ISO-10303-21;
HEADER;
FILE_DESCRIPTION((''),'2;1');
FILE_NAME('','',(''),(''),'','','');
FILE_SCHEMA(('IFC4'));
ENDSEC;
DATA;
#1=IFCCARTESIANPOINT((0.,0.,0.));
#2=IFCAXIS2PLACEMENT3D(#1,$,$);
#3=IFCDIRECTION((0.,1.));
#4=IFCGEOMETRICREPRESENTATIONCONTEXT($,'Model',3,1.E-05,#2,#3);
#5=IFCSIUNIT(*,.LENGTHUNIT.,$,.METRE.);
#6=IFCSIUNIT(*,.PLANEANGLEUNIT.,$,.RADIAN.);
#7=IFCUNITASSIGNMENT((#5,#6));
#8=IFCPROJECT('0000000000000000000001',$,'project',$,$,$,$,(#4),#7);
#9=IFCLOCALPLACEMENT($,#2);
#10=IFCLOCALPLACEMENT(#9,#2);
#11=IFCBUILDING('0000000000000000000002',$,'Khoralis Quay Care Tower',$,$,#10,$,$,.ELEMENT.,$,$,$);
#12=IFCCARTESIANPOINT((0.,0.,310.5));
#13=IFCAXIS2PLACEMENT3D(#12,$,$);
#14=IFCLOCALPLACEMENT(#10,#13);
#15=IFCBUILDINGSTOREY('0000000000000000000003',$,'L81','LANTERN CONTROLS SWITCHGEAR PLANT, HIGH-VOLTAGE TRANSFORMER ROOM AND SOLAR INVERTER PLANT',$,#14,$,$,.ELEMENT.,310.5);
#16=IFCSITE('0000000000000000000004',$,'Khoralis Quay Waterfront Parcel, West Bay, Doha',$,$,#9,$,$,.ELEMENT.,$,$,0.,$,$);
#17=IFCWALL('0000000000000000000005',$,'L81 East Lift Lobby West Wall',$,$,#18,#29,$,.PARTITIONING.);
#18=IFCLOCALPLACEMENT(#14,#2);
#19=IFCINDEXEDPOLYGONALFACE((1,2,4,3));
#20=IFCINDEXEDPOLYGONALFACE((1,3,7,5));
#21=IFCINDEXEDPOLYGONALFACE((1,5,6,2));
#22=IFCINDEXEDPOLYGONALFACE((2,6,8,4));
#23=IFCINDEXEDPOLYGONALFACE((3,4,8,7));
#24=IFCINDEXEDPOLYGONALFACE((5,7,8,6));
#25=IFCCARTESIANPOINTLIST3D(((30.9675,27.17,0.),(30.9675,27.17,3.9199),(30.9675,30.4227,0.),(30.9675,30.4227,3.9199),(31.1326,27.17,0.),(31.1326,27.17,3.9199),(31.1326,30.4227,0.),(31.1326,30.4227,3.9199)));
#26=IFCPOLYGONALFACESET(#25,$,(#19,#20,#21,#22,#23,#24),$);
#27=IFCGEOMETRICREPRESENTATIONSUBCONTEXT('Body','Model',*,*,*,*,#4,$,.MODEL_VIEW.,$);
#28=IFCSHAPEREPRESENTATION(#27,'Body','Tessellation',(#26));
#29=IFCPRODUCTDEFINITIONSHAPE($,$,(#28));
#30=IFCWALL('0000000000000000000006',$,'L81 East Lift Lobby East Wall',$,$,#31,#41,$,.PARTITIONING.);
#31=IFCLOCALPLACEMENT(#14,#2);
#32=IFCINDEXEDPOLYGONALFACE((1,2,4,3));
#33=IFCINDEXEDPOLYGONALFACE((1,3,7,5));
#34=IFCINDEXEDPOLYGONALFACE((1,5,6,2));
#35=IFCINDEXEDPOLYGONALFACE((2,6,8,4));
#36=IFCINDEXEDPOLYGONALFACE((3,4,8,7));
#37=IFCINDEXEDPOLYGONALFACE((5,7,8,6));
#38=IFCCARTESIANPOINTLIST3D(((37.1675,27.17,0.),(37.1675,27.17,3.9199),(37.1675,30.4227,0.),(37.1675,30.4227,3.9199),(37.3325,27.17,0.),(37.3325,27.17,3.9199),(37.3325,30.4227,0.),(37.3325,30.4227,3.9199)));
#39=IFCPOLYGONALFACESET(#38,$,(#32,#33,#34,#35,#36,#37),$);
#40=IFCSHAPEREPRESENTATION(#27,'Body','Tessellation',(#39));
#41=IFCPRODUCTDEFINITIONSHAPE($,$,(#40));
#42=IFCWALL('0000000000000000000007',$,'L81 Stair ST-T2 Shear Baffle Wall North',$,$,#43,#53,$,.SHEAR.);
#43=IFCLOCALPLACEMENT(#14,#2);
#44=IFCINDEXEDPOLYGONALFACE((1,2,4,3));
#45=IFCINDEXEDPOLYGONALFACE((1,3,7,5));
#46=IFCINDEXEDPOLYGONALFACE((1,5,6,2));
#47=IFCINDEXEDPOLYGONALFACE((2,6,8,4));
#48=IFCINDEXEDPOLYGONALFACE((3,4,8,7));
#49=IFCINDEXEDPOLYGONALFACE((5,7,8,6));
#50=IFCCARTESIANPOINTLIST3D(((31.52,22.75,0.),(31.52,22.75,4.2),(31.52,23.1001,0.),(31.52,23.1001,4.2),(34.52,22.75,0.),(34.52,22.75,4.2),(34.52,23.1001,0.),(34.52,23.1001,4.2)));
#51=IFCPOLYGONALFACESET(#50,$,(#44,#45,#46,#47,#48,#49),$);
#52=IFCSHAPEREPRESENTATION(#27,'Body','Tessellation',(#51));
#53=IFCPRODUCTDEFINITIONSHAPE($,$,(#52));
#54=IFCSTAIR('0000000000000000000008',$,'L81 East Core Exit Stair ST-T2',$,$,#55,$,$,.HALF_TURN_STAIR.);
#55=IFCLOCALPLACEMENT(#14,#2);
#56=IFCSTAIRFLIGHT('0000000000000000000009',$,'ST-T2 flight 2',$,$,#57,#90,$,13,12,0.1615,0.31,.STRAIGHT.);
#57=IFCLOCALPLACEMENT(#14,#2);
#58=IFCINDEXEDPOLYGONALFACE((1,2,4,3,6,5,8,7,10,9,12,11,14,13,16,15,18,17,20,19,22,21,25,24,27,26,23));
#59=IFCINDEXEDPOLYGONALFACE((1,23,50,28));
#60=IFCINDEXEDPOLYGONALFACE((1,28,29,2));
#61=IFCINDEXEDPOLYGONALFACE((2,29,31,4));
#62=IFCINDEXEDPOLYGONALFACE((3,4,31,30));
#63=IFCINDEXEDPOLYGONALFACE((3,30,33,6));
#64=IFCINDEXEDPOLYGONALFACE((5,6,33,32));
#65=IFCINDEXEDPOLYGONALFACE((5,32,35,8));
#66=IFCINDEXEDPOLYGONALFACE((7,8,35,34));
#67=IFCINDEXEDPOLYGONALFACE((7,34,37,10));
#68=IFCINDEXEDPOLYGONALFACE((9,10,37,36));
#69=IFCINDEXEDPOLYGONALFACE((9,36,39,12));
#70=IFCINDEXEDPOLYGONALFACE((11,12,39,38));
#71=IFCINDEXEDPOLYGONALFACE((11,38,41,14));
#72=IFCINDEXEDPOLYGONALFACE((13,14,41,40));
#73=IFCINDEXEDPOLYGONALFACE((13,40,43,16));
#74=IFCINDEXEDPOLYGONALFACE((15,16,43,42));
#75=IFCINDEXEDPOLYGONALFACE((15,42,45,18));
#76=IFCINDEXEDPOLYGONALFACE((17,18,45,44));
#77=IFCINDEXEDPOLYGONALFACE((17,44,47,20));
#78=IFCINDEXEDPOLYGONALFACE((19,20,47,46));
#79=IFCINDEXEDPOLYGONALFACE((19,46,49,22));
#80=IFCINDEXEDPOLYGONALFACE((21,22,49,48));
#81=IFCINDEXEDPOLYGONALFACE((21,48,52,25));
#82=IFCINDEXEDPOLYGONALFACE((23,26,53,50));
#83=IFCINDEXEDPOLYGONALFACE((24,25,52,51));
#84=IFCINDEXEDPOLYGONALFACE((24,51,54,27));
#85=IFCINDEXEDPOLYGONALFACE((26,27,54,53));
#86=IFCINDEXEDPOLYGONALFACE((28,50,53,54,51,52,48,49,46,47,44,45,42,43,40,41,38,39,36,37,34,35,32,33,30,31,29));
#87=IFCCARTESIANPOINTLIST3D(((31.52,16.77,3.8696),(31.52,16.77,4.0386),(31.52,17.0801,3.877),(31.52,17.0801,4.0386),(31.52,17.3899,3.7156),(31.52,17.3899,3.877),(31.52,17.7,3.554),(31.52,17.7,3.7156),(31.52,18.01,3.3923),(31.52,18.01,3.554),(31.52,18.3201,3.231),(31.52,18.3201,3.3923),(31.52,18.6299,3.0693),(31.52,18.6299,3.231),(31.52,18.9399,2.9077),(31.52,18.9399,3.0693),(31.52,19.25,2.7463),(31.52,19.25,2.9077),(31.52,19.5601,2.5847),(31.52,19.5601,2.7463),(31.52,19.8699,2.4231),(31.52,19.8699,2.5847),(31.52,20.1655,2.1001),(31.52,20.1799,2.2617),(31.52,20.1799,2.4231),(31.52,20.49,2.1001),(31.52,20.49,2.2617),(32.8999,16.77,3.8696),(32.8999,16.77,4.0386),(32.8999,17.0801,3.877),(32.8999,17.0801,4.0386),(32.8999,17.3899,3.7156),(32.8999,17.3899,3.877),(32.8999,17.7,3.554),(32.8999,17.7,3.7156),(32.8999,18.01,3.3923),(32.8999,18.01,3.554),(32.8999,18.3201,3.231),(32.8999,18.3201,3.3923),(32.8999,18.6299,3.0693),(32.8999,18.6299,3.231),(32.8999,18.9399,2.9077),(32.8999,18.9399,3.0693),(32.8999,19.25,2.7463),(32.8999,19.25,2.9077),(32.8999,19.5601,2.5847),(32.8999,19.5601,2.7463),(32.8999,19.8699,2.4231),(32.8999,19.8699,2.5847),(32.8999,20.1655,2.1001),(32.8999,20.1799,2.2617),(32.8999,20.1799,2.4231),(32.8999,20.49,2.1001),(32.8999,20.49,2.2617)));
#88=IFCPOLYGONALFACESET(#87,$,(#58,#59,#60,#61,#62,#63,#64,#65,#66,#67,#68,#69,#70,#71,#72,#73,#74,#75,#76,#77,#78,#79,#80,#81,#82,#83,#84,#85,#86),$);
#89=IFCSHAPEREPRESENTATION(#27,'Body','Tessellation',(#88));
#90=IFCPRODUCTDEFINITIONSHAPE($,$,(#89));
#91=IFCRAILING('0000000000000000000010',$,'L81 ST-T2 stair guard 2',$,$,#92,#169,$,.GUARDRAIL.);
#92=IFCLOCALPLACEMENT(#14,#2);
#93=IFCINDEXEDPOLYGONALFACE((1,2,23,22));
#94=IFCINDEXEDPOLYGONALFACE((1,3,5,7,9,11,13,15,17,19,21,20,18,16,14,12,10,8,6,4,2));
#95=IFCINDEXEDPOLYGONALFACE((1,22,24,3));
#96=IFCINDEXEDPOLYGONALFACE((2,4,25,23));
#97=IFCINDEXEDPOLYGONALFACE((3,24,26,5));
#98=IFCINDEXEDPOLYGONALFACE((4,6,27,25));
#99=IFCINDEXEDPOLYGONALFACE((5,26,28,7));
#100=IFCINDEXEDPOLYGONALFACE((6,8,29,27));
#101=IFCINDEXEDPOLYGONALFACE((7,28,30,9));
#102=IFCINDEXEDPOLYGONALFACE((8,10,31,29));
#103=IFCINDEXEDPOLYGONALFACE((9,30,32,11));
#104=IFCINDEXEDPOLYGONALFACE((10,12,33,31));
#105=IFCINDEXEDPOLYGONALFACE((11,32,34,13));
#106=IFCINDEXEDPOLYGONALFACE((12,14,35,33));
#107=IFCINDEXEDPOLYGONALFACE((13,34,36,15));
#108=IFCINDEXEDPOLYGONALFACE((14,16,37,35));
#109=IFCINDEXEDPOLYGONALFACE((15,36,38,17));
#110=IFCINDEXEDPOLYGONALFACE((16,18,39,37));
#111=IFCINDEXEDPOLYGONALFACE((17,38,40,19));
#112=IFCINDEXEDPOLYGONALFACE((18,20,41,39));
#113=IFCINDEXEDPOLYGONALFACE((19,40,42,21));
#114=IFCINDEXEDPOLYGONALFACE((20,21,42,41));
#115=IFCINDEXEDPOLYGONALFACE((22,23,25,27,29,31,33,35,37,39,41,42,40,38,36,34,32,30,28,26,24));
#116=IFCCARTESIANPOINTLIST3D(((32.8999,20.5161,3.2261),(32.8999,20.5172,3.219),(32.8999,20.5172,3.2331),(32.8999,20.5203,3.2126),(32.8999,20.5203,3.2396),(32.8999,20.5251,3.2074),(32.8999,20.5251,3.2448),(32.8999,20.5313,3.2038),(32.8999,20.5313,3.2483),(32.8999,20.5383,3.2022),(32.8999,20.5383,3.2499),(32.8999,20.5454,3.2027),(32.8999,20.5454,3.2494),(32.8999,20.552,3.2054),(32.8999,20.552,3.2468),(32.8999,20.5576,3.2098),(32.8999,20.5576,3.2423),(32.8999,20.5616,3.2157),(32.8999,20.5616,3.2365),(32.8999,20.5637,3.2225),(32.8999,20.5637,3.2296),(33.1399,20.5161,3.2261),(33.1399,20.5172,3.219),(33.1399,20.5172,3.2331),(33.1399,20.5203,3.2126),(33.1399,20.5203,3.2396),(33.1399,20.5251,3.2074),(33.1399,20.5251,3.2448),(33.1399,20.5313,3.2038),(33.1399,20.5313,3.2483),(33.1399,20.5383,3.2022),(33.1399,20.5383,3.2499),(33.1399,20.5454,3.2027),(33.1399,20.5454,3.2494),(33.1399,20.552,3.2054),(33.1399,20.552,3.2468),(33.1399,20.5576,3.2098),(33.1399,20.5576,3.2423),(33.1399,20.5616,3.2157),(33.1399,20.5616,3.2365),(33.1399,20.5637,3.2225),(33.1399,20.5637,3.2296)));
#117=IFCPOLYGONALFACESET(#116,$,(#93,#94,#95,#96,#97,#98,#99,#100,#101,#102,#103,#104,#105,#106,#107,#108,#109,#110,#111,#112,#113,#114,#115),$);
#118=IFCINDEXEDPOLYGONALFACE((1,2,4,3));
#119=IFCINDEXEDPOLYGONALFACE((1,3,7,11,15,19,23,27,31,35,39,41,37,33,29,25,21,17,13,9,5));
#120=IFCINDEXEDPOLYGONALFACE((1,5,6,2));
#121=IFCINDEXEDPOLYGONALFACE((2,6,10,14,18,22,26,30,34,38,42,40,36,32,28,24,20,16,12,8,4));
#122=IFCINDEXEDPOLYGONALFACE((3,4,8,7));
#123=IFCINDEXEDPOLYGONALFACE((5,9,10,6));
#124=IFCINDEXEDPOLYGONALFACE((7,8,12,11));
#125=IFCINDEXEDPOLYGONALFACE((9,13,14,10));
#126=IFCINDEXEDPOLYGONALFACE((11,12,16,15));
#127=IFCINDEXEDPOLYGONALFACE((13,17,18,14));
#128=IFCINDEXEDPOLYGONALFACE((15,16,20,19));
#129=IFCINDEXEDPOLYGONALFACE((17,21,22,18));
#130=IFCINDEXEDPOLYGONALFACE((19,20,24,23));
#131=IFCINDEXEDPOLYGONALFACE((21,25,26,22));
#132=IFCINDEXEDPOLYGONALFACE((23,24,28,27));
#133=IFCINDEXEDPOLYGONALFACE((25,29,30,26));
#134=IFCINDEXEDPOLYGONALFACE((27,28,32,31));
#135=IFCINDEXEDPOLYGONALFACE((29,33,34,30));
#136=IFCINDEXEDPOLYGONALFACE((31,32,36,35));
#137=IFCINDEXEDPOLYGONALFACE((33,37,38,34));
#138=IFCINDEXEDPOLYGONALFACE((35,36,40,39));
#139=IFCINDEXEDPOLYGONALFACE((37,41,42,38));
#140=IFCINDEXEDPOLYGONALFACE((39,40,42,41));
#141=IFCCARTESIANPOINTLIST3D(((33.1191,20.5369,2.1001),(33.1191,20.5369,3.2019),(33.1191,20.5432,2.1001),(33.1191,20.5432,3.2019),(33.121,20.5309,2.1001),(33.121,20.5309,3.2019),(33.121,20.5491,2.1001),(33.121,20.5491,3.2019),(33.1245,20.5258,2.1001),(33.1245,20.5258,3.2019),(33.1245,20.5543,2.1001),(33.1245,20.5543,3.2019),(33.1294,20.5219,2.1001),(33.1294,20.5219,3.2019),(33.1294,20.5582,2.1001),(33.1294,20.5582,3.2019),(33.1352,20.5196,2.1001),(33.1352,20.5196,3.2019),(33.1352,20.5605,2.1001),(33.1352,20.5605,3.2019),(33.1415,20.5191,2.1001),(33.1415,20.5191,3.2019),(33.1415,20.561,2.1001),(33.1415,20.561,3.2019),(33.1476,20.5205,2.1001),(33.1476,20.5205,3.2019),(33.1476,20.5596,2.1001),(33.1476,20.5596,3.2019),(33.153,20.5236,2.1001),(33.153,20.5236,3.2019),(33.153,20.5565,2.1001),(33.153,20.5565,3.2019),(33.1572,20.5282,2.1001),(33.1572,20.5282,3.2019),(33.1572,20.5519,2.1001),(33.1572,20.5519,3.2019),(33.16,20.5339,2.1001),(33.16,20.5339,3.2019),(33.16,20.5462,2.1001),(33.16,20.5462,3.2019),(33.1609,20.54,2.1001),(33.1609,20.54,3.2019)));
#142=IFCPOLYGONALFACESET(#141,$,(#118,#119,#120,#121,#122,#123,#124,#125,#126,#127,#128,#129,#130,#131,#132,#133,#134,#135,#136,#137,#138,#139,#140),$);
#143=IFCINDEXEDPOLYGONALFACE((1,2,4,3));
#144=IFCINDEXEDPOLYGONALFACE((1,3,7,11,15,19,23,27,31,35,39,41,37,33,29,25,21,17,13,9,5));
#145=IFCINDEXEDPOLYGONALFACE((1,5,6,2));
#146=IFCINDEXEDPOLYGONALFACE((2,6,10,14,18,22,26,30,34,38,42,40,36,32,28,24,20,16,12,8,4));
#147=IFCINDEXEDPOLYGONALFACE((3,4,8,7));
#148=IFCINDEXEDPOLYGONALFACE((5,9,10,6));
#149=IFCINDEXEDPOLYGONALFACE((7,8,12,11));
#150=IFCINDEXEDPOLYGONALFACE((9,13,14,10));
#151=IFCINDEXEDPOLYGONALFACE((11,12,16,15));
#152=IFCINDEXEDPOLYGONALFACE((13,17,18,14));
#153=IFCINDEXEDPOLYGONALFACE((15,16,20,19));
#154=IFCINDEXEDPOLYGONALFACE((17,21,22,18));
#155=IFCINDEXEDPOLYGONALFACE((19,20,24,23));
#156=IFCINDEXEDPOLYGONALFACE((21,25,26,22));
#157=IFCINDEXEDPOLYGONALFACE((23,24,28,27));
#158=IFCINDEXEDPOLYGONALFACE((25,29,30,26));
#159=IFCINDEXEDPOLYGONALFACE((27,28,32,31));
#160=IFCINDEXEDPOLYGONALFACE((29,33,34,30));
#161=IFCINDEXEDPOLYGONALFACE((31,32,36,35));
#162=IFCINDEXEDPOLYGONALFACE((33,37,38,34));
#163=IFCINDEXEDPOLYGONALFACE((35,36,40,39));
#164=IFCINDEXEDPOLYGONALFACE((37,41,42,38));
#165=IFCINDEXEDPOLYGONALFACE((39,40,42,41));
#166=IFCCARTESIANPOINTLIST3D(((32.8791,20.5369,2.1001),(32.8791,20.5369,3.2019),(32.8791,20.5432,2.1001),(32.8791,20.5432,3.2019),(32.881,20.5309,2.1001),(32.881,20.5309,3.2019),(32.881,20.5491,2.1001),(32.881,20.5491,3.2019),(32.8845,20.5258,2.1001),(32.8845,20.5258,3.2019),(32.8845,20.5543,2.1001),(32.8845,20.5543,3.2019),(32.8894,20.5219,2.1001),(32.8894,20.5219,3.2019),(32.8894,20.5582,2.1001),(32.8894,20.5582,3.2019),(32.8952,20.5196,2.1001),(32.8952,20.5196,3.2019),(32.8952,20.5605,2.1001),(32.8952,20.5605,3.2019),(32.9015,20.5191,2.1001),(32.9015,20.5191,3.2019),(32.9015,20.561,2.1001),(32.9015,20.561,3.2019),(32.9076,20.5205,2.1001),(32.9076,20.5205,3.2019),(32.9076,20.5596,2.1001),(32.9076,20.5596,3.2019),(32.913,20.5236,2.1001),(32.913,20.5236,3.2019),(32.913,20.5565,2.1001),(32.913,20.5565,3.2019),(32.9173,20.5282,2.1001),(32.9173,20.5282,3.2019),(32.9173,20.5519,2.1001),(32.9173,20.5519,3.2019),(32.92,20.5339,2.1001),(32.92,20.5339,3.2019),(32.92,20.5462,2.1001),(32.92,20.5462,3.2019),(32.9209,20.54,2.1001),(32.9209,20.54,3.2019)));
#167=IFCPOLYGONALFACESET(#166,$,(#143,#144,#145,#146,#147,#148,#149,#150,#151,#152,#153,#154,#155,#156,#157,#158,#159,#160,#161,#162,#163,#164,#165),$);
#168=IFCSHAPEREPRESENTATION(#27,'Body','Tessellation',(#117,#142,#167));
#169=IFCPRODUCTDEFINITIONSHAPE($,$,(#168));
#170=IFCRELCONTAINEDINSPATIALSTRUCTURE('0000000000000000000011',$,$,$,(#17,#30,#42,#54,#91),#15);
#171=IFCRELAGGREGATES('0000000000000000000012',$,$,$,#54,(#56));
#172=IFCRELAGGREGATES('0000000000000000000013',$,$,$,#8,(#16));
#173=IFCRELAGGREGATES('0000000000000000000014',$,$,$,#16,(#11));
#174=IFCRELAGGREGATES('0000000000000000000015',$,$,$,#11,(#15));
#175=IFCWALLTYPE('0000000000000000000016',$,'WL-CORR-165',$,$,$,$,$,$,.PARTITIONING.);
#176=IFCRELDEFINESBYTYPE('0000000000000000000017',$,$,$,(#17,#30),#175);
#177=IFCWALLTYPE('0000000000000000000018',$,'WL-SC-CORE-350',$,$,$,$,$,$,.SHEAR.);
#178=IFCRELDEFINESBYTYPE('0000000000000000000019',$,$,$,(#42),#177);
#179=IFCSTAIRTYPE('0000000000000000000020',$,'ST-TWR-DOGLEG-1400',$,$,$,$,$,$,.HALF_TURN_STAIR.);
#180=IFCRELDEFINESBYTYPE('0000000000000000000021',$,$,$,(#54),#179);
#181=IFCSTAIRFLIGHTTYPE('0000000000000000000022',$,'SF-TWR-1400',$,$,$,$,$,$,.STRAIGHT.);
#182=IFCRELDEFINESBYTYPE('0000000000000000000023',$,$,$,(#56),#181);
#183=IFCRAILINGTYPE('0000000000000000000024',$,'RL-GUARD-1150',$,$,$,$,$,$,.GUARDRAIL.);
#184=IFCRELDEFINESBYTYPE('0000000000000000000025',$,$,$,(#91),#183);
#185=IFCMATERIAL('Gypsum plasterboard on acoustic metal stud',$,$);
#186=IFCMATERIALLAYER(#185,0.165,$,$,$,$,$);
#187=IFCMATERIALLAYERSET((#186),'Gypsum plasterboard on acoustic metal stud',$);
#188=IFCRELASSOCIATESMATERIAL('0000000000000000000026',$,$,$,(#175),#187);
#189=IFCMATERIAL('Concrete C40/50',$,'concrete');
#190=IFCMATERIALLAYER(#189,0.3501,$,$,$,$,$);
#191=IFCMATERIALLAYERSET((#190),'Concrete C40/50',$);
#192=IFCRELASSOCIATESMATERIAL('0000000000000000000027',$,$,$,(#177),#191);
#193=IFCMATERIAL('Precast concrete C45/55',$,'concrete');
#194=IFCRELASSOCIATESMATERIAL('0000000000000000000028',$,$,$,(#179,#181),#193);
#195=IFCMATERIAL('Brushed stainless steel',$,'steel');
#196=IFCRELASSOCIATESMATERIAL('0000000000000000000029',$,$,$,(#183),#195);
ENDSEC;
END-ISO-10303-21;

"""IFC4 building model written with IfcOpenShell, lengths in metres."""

from ifc_helpers import new_model, si_unit, direction, frame, frame_2d, origin, origin_2d, place, context, subcontext, project, spatial, polyline, rectangle, circle, outline, extrude, source, transform, mapped, material, layer, layer_set, type_object, element, aggregate, save


model = new_model("IFC4")

# Units and contexts
model_context = context("Model", 3, precision=1e-05, world=origin(), true_north=direction((0.0, 1.0)))
body_context = subcontext(model_context, "Body", "Model", "MODEL_VIEW")
ifc_project = project(units=[si_unit("LENGTHUNIT", "METRE"), si_unit("PLANEANGLEUNIT", "RADIAN")], contexts=[model_context])

# Site, building, storey
site_placement = place(None, origin())
site = spatial("IfcSite", under=ifc_project, at=site_placement, Name="Khoralis Quay Waterfront Parcel, West Bay, Doha", CompositionType="ELEMENT", RefElevation=0.0)
building_placement = place(site_placement, origin())
building = spatial("IfcBuilding", under=site, at=building_placement, Name="Khoralis Quay Care Tower", CompositionType="ELEMENT")
storey_placement = place(building_placement, frame((0.0, 0.0, 310.5)))
storey = spatial("IfcBuildingStorey", under=building, at=storey_placement, Name="L81", Description="LANTERN CONTROLS SWITCHGEAR PLANT, HIGH-VOLTAGE TRANSFORMER ROOM AND SOLAR INVERTER PLANT", CompositionType="ELEMENT", Elevation=310.5)

# Shared definitions
ifc_material_1 = material(Name="Gypsum plasterboard on acoustic metal stud")

# Shared definitions
ifc_layer_1 = layer(ifc_material_1, 0.165)
ifc_layer_set_1 = layer_set([ifc_layer_1], Name="Gypsum plasterboard on acoustic metal stud")
wall_type_1 = type_object("IfcWallType", Name="WL-CORR-165", PredefinedType="PARTITIONING", material=ifc_layer_set_1)

# Walls
for number, where, z_axis, x_axis, name in (
    (1, (31.05, 27.1699, 0.0), (0.0, 0.0, 1.0), (0.0, 1.0, 0.0), "L81 East Lift Lobby West Wall"),
    (2, (37.25, 27.1699, 0.0), (0.0, 0.0, 1.0), (0.0, 1.0, 0.0), "L81 East Lift Lobby East Wall"),
):
    element("IfcWall", number, at=place(storey_placement, frame(where, z_axis=z_axis, x_axis=x_axis)), inside=storey, type_object=wall_type_1, Name=name, PredefinedType="PARTITIONING", context=body_context, shape_type="SweptSolid", body=[
        extrude(rectangle(XDim=3.2527, YDim=0.165, at=frame_2d((1.6265, 0.0))), origin(), (0.0, 0.0, 1.0), 3.9199),
    ])
ifc_material_2 = material(Name="Concrete C40/50", Category="concrete")
ifc_layer_2 = layer(ifc_material_2, 0.3501)
ifc_layer_set_2 = layer_set([ifc_layer_2], Name="Concrete C40/50")
wall_type_2 = type_object("IfcWallType", Name="WL-SC-CORE-350", PredefinedType="SHEAR", material=ifc_layer_set_2)
wall_1_placement = place(storey_placement, frame((31.52, 22.925, 0.0), z_axis=(0.0, 0.0, 1.0), x_axis=(1.0, 0.0, 0.0)))
element("IfcWall", 3, at=wall_1_placement, inside=storey, type_object=wall_type_2, Name="L81 Stair ST-T2 Shear Baffle Wall North", PredefinedType="SHEAR", context=body_context, shape_type="SweptSolid", body=[
    extrude(rectangle(XDim=3.0, YDim=0.3501, at=frame_2d((1.5, 0.0))), origin(), (0.0, 0.0, 1.0), 4.2),
])

# Stair, stair flight
ifc_material_3 = material(Name="Precast concrete C45/55", Category="concrete")
stair_type = type_object("IfcStairType", Name="ST-TWR-DOGLEG-1400", PredefinedType="HALF_TURN_STAIR", material=ifc_material_3)
stair_placement = place(storey_placement, origin())
stair = element("IfcStair", 4, at=stair_placement, inside=storey, type_object=stair_type, Name="L81 East Core Exit Stair ST-T2", PredefinedType="HALF_TURN_STAIR")
stair_flight_type = type_object("IfcStairFlightType", Name="SF-TWR-1400", PredefinedType="STRAIGHT", material=ifc_material_3)
shared_shape_1 = source(origin(), body_context, "Body", "SweptSolid", [
    extrude(outline(polyline([(0.0, 0.0), (0.0, 0.1616), (0.3101, 0.1616), (0.3101, 0.323), (0.6201, 0.323), (0.6201, 0.4846), (0.9299, 0.4846), (0.9299, 0.6462), (1.24, 0.6462), (1.24, 0.8076), (1.55, 0.8076), (1.55, 0.9692), (1.8601, 0.9692), (1.8601, 1.1309), (2.1699, 1.1309), (2.1699, 1.2922), (2.48, 1.2922), (2.48, 1.4539), (2.79, 1.4539), (2.79, 1.6155), (3.1001, 1.6155), (3.1001, 1.7769), (3.4099, 1.7769), (3.4099, 1.9385), (3.72, 1.9385), (3.72, 2.1001), (3.72, 1.7695), (0.3245, 0.0), (0.0, 0.0)])), frame((0.0, 0.6899, 0.0), z_axis=(0.0, -1.0, 0.0), x_axis=(1.0, 0.0, 0.0)), (0.0, 0.0, 1.0), 1.3799),
])
stair_flight_placement = place(storey_placement, frame((32.21, 20.49, 2.1001), z_axis=(0.0, 0.0, 1.0), x_axis=(0.0, -1.0, 0.0)))
stair_flight = element("IfcStairFlight", 5, at=stair_flight_placement, type_object=stair_flight_type, Name="ST-T2 flight 2", NumberOfRisers=13, NumberOfTreads=12, PredefinedType="STRAIGHT", RiserHeight=0.1615, TreadLength=0.31, context=body_context, shape_type="MappedRepresentation", body=[
    mapped(shared_shape_1, transform((0.0, 0.0, 0.0), scale=1.0)),
])
aggregate(stair, [stair_flight])

# Railing
ifc_material_4 = material(Name="Brushed stainless steel", Category="steel")
railing_type_1 = type_object("IfcRailingType", Name="RL-GUARD-1150", PredefinedType="GUARDRAIL", material=ifc_material_4)
railing_1_placement = place(storey_placement, frame((33.1399, 20.54, 2.1001)))
element("IfcRailing", 6, at=railing_1_placement, inside=storey, type_object=railing_type_1, Name="L81 ST-T2 stair guard 2", PredefinedType="GUARDRAIL", context=body_context, shape_type="SweptSolid", body=[
    extrude(circle(Radius=0.0239, at=origin_2d()), frame((0.0, 0.0, 1.126), z_axis=(-1.0, 0.0, 0.0), x_axis=(0.0, -1.0, 0.0)), (0.0, 0.0, 1.0), 0.24),
    extrude(circle(Radius=0.021, at=origin_2d()), origin(), (0.0, 0.0, 1.0), 1.1018),
    extrude(circle(Radius=0.021, at=origin_2d()), frame((-0.24, 0.0, 0.0)), (0.0, 0.0, 1.0), 1.1018),
])

save(model, "model.ifc")
